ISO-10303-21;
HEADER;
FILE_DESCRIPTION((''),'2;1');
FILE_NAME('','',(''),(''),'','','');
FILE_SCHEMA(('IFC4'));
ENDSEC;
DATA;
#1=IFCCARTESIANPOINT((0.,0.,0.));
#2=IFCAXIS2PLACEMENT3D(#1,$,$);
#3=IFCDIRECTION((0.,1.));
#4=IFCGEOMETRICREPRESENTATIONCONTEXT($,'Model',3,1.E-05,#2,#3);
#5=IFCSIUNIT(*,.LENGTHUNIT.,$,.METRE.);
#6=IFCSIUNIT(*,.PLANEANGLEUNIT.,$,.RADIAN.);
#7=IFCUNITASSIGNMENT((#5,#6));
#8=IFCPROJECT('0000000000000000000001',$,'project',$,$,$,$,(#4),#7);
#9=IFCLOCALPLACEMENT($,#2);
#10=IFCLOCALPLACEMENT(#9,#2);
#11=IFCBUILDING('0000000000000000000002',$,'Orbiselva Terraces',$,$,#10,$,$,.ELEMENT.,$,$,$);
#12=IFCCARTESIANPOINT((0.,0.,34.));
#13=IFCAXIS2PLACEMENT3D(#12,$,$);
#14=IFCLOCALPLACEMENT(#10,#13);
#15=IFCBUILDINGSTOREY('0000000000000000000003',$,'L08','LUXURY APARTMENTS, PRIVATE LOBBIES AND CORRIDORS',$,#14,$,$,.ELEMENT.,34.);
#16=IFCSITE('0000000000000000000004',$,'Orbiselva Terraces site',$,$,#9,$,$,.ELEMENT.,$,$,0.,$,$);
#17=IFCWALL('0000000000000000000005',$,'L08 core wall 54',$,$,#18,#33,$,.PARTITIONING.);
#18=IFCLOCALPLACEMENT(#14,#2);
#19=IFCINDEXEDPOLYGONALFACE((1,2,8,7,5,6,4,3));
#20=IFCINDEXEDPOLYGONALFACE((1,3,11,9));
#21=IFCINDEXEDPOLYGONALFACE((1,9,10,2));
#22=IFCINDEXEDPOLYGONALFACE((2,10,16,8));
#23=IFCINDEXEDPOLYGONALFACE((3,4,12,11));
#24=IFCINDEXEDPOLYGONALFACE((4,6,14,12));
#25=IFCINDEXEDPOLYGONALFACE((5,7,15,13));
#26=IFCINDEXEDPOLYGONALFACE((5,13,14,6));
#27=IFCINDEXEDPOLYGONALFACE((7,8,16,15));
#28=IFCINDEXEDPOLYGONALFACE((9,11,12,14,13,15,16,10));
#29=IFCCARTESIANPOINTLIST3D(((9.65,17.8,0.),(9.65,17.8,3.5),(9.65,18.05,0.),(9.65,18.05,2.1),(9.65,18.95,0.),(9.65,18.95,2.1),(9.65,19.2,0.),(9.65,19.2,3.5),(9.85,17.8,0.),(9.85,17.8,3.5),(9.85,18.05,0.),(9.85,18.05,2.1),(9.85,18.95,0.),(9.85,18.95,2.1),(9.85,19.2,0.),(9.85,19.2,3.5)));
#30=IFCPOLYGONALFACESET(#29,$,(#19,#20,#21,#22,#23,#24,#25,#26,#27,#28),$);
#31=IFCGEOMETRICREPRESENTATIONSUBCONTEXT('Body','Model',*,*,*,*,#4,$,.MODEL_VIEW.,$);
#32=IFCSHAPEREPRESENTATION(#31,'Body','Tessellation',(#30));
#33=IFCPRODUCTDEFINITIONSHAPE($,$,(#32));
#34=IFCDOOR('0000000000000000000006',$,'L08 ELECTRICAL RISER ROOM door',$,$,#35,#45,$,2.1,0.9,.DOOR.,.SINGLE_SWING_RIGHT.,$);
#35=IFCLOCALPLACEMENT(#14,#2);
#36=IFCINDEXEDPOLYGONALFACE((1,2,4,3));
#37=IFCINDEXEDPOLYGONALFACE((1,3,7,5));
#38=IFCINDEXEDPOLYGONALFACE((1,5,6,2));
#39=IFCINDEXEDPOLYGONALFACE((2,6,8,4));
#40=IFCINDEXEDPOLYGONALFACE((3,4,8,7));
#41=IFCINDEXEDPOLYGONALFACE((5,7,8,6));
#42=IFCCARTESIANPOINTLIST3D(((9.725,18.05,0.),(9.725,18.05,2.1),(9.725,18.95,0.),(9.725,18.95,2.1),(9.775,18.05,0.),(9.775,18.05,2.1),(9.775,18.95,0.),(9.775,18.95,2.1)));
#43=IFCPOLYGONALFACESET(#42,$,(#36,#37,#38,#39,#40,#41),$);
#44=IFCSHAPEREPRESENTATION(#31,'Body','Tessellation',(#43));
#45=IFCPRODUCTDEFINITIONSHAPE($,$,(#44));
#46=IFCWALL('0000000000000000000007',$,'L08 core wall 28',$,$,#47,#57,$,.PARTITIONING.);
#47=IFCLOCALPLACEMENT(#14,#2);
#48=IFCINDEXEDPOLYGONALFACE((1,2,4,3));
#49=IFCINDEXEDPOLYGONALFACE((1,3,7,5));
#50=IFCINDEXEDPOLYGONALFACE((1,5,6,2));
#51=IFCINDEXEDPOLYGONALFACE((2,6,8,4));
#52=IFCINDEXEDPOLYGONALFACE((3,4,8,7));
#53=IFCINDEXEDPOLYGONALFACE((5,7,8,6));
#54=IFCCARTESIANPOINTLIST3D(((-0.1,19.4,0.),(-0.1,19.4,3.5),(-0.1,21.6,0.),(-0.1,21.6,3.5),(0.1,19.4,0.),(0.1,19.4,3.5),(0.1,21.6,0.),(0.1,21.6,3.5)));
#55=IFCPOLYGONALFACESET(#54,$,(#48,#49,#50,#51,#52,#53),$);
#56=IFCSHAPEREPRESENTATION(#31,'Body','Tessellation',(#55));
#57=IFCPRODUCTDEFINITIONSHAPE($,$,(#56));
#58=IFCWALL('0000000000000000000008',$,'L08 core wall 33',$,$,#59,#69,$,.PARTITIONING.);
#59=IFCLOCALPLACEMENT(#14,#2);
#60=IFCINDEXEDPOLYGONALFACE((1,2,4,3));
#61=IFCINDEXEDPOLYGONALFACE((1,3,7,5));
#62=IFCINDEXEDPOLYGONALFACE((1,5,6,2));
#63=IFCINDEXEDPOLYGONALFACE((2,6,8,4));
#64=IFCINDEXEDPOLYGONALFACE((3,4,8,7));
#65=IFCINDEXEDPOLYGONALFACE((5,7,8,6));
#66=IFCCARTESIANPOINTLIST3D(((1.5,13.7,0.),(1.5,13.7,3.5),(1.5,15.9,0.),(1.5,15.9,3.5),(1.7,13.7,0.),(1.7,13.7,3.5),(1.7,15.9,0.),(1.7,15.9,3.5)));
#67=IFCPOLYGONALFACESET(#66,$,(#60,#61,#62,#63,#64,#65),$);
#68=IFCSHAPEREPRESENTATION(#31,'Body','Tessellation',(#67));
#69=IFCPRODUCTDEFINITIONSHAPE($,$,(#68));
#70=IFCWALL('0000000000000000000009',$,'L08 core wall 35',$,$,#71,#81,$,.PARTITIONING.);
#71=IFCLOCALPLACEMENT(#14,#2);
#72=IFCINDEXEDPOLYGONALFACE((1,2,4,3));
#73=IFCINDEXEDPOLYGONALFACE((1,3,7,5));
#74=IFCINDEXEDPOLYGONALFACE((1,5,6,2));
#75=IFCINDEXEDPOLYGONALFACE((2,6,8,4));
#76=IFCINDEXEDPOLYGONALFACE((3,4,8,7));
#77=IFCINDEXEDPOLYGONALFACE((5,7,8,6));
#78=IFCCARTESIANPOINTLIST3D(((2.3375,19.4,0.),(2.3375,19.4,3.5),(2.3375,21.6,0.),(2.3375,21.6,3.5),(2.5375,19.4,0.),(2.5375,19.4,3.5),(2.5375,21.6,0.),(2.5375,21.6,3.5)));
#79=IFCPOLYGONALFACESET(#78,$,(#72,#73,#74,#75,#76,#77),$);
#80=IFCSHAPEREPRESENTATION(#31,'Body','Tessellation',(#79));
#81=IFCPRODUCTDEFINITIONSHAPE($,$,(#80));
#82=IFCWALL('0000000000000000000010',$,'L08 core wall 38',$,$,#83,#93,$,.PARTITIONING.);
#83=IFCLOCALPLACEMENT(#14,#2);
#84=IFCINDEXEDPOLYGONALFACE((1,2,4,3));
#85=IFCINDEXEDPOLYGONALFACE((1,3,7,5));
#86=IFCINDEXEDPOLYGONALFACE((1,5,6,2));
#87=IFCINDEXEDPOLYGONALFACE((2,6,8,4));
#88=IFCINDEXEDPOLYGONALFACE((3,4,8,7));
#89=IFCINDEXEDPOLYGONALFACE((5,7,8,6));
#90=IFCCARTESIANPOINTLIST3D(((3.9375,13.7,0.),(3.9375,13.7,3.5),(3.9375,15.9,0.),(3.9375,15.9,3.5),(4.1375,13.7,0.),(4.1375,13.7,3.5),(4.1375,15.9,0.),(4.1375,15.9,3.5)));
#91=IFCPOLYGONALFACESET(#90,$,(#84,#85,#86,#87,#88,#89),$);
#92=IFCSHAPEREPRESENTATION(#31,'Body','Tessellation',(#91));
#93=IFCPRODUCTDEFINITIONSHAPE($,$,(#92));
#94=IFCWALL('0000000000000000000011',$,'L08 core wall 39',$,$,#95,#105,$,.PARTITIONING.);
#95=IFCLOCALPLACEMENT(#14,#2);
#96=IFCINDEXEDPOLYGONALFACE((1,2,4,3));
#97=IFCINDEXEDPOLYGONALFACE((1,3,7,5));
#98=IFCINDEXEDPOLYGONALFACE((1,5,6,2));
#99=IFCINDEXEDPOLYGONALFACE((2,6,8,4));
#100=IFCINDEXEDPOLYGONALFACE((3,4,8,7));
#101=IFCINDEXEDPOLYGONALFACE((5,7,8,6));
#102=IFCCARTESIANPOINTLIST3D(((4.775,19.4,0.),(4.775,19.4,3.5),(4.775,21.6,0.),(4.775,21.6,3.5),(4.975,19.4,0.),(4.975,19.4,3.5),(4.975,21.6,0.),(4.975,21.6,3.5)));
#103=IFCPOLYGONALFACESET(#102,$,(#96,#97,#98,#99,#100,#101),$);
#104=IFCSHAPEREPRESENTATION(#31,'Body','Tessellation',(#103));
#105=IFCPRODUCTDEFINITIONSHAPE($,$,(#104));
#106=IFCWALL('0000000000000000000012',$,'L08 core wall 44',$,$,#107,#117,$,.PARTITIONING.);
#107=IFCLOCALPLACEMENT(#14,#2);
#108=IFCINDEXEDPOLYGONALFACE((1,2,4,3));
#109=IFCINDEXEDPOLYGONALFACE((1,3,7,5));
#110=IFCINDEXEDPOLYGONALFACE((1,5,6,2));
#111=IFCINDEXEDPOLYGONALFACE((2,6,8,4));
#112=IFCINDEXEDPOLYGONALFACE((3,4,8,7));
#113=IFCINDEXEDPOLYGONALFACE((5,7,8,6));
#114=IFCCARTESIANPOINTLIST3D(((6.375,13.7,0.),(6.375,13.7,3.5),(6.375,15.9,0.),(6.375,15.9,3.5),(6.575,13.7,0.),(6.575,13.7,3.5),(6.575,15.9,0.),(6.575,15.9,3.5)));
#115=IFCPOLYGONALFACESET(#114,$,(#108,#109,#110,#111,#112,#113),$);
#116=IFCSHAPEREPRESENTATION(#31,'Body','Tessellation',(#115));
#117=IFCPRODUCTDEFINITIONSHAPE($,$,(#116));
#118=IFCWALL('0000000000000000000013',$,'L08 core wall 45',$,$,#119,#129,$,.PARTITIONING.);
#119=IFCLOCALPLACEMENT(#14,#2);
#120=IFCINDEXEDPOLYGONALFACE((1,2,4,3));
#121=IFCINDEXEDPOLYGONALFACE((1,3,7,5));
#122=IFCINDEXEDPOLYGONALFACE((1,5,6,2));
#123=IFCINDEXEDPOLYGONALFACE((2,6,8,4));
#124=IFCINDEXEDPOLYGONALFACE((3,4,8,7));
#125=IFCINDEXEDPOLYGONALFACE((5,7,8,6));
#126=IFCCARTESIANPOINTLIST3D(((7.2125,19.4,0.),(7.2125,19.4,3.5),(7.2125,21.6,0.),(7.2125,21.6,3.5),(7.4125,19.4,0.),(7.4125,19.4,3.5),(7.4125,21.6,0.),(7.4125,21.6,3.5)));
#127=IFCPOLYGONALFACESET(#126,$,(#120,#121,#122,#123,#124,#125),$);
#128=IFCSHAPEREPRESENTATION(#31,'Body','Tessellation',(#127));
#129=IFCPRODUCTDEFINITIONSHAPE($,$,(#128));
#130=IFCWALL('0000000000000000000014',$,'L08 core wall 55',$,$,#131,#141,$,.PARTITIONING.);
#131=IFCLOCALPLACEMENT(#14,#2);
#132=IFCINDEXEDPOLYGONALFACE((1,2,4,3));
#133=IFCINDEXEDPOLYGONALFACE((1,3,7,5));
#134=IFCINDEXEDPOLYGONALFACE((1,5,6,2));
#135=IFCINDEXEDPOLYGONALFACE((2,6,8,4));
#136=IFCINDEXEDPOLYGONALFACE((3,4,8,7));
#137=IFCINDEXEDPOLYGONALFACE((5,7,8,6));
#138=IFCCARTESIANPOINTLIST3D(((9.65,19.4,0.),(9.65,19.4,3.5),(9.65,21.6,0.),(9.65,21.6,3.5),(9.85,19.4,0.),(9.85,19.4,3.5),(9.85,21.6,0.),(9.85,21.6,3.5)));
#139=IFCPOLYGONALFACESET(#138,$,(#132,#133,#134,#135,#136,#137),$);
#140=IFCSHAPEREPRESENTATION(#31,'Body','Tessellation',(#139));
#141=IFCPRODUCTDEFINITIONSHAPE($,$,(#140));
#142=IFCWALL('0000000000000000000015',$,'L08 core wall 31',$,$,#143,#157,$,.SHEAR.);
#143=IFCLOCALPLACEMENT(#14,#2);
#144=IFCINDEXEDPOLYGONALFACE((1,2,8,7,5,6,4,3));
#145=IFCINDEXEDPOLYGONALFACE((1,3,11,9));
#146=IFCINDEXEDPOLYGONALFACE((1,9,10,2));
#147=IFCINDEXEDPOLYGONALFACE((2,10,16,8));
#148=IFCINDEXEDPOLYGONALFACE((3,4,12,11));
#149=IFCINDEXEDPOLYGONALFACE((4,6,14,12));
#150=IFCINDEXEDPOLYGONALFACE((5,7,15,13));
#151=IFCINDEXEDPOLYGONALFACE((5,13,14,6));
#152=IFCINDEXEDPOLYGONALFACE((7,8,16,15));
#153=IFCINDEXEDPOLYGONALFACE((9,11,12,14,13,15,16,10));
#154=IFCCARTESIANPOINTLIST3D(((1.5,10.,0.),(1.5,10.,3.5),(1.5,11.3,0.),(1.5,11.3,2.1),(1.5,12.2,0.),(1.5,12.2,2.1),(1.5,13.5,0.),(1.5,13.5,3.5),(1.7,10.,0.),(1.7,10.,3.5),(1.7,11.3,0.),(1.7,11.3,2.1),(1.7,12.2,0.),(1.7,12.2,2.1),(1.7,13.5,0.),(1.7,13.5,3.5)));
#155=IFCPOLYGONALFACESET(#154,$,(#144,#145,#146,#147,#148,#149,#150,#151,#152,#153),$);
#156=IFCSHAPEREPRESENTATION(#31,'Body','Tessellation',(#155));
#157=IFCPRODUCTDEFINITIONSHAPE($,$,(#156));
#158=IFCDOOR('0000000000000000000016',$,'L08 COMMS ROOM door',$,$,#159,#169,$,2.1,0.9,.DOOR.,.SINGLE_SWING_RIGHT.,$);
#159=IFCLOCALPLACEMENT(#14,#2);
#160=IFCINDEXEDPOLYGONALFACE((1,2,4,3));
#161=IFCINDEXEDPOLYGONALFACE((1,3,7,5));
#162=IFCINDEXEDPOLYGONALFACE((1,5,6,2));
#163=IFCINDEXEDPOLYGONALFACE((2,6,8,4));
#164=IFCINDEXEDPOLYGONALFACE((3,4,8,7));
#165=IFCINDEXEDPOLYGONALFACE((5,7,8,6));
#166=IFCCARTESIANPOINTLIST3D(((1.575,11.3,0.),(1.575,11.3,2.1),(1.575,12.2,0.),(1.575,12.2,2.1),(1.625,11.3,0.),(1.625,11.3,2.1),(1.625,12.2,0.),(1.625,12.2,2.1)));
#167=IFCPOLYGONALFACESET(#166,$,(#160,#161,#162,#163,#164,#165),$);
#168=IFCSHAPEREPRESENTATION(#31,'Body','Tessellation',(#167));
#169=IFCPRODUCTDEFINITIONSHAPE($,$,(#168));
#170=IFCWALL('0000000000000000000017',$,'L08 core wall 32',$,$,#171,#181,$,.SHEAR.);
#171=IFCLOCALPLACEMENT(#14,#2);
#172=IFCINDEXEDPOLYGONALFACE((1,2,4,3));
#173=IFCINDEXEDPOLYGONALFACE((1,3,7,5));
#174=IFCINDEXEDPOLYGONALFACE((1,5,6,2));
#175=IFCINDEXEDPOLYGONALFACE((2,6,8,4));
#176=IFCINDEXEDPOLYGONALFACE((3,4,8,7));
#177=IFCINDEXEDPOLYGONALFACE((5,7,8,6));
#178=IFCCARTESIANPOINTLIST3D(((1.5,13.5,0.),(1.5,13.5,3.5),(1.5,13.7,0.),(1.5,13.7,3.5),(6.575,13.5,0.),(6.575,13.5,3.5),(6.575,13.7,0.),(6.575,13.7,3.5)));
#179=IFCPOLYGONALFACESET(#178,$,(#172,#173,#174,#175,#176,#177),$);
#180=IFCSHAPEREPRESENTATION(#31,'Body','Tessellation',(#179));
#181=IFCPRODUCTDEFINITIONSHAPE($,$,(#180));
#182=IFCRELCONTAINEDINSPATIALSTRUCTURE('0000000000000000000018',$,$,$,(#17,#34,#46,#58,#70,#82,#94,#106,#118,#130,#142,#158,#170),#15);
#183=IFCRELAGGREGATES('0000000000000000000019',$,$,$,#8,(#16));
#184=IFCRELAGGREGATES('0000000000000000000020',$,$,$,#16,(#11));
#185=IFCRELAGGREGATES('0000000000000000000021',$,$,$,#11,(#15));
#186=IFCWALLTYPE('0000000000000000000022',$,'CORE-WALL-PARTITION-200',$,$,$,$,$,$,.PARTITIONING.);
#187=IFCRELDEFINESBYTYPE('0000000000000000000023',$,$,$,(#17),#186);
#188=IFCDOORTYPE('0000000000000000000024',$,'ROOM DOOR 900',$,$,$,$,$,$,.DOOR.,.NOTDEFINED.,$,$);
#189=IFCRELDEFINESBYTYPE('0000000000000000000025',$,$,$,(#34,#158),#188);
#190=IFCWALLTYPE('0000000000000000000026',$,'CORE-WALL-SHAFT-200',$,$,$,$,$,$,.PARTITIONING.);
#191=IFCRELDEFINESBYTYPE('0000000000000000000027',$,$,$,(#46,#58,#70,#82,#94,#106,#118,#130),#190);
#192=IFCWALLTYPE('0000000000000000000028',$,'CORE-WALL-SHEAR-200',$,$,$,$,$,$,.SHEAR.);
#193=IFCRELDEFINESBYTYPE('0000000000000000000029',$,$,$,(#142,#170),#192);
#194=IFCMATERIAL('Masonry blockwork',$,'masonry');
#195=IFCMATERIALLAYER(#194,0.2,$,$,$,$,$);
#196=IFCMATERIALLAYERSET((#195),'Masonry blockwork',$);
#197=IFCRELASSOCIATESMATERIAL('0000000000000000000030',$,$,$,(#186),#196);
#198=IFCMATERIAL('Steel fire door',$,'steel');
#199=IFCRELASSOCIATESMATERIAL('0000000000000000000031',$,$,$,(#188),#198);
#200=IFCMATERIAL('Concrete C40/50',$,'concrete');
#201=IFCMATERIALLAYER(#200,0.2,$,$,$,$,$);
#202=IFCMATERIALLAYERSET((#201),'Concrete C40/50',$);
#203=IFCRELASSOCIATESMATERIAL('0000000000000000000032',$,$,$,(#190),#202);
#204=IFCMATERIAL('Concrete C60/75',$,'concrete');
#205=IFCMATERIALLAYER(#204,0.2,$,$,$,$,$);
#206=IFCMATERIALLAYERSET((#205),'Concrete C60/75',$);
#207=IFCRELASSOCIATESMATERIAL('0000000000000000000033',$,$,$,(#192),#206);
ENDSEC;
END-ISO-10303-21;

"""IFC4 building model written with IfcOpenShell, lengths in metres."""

from ifc_helpers import new_model, si_unit, direction, frame, frame_2d, origin, place, context, subcontext, project, spatial, rectangle, extrude, material, layer, layer_set, type_object, element, fill, save


model = new_model("IFC4")

# Units and contexts
model_context = context("Model", 3, precision=1e-05, world=origin(), true_north=direction((0.0, 1.0)))
body_context = subcontext(model_context, "Body", "Model", "MODEL_VIEW")
ifc_project = project(units=[si_unit("LENGTHUNIT", "METRE"), si_unit("PLANEANGLEUNIT", "RADIAN")], contexts=[model_context])

# Site, building, storey
site_placement = place(None, origin())
site = spatial("IfcSite", under=ifc_project, at=site_placement, Name="Orbiselva Terraces site", CompositionType="ELEMENT", RefElevation=0.0)
building_placement = place(site_placement, origin())
building = spatial("IfcBuilding", under=site, at=building_placement, Name="Orbiselva Terraces", CompositionType="ELEMENT")
storey_placement = place(building_placement, frame((0.0, 0.0, 34.0)))
storey = spatial("IfcBuildingStorey", under=building, at=storey_placement, Name="L08", Description="LUXURY APARTMENTS, PRIVATE LOBBIES AND CORRIDORS", CompositionType="ELEMENT", Elevation=34.0)

# Wall, opening, door
ifc_material_1 = material(Name="Masonry blockwork", Category="masonry")
ifc_layer_1 = layer(ifc_material_1, 0.2)
ifc_layer_set_1 = layer_set([ifc_layer_1], Name="Masonry blockwork")
wall_type_1 = type_object("IfcWallType", Name="CORE-WALL-PARTITION-200", PredefinedType="PARTITIONING", material=ifc_layer_set_1)
wall_1_placement = place(storey_placement, frame((9.75, 19.2, 0.0), z_axis=(0.0, 0.0, 1.0), x_axis=(0.0, -1.0, 0.0)))
wall_1 = element("IfcWall", 1, at=wall_1_placement, inside=storey, type_object=wall_type_1, Name="L08 core wall 54", PredefinedType="PARTITIONING", context=body_context, shape_type="SweptSolid", body=[
    extrude(rectangle(XDim=1.4, YDim=0.2, at=frame_2d((0.7, 0.0))), origin(), (0.0, 0.0, 1.0), 3.5),
])
opening_1_placement = place(wall_1_placement, frame((0.25, 0.0, 0.0)))
opening_1 = element("IfcOpeningElement", 2, at=opening_1_placement, cuts=wall_1, PredefinedType="OPENING", context=body_context, shape_type="SweptSolid", body=[
    extrude(rectangle(XDim=0.9, YDim=2.1, at=frame_2d((0.45, 1.05))), frame((0.0, 0.11, 0.0), z_axis=(0.0, -1.0, 0.0), x_axis=(1.0, 0.0, 0.0)), (0.0, 0.0, 1.0), 0.22),
])
ifc_material_2 = material(Name="Steel fire door", Category="steel")
door_type = type_object("IfcDoorType", Name="ROOM DOOR 900", OperationType="NOTDEFINED", PredefinedType="DOOR", material=ifc_material_2)
door_1_placement = place(opening_1_placement, origin())
door_1 = element("IfcDoor", 3, at=door_1_placement, inside=storey, type_object=door_type, Name="L08 ELECTRICAL RISER ROOM door", OperationType="SINGLE_SWING_RIGHT", OverallHeight=2.1, OverallWidth=0.9, PredefinedType="DOOR", context=body_context, shape_type="SweptSolid", body=[
    extrude(rectangle(XDim=0.9, YDim=2.1, at=frame_2d((0.45, 1.05))), frame((0.0, 0.025, 0.0), z_axis=(0.0, -1.0, 0.0), x_axis=(1.0, 0.0, 0.0)), (0.0, 0.0, 1.0), 0.05),
])
fill(opening_1, door_1)

# Walls
ifc_material_3 = material(Name="Concrete C40/50", Category="concrete")
ifc_layer_2 = layer(ifc_material_3, 0.2)
ifc_layer_set_2 = layer_set([ifc_layer_2], Name="Concrete C40/50")
wall_type_2 = type_object("IfcWallType", Name="CORE-WALL-SHAFT-200", PredefinedType="PARTITIONING", material=ifc_layer_set_2)
for number, where, z_axis, x_axis, name in (
    (4, (0.0, 19.4, 0.0), (0.0, 0.0, 1.0), (0.0, 1.0, 0.0), "L08 core wall 28"),
    (5, (1.6, 13.7, 0.0), (0.0, 0.0, 1.0), (0.0, 1.0, 0.0), "L08 core wall 33"),
    (6, (2.4375, 19.4, 0.0), (0.0, 0.0, 1.0), (0.0, 1.0, 0.0), "L08 core wall 35"),
    (7, (4.0375, 13.7, 0.0), (0.0, 0.0, 1.0), (0.0, 1.0, 0.0), "L08 core wall 38"),
    (8, (4.875, 19.4, 0.0), (0.0, 0.0, 1.0), (0.0, 1.0, 0.0), "L08 core wall 39"),
    (9, (6.475, 13.7, 0.0), (0.0, 0.0, 1.0), (0.0, 1.0, 0.0), "L08 core wall 44"),
    (10, (7.3125, 19.4, 0.0), (0.0, 0.0, 1.0), (0.0, 1.0, 0.0), "L08 core wall 45"),
    (11, (9.75, 19.4, 0.0), (0.0, 0.0, 1.0), (0.0, 1.0, 0.0), "L08 core wall 55"),
):
    element("IfcWall", number, at=place(storey_placement, frame(where, z_axis=z_axis, x_axis=x_axis)), inside=storey, type_object=wall_type_2, Name=name, PredefinedType="PARTITIONING", context=body_context, shape_type="SweptSolid", body=[
        extrude(rectangle(XDim=2.2, YDim=0.2, at=frame_2d((1.1, 0.0))), origin(), (0.0, 0.0, 1.0), 3.5),
    ])

# Wall, opening, door
ifc_material_4 = material(Name="Concrete C60/75", Category="concrete")
ifc_layer_3 = layer(ifc_material_4, 0.2)
ifc_layer_set_3 = layer_set([ifc_layer_3], Name="Concrete C60/75")
wall_type_3 = type_object("IfcWallType", Name="CORE-WALL-SHEAR-200", PredefinedType="SHEAR", material=ifc_layer_set_3)
wall_2_placement = place(storey_placement, frame((1.6, 13.5, 0.0), z_axis=(0.0, 0.0, 1.0), x_axis=(0.0, -1.0, 0.0)))
wall_2 = element("IfcWall", 12, at=wall_2_placement, inside=storey, type_object=wall_type_3, Name="L08 core wall 31", PredefinedType="SHEAR", context=body_context, shape_type="SweptSolid", body=[
    extrude(rectangle(XDim=3.5, YDim=0.2, at=frame_2d((1.75, 0.0))), origin(), (0.0, 0.0, 1.0), 3.5),
])
opening_2_placement = place(wall_2_placement, frame((1.3, 0.0, 0.0)))
opening_2 = element("IfcOpeningElement", 13, at=opening_2_placement, cuts=wall_2, PredefinedType="OPENING", context=body_context, shape_type="SweptSolid", body=[
    extrude(rectangle(XDim=0.9, YDim=2.1, at=frame_2d((0.45, 1.05))), frame((0.0, 0.11, 0.0), z_axis=(0.0, -1.0, 0.0), x_axis=(1.0, 0.0, 0.0)), (0.0, 0.0, 1.0), 0.22),
])
door_2_placement = place(opening_2_placement, origin())
door_2 = element("IfcDoor", 14, at=door_2_placement, inside=storey, type_object=door_type, Name="L08 COMMS ROOM door", OperationType="SINGLE_SWING_RIGHT", OverallHeight=2.1, OverallWidth=0.9, PredefinedType="DOOR", context=body_context, shape_type="SweptSolid", body=[
    extrude(rectangle(XDim=0.9, YDim=2.1, at=frame_2d((0.45, 1.05))), frame((0.0, 0.025, 0.0), z_axis=(0.0, -1.0, 0.0), x_axis=(1.0, 0.0, 0.0)), (0.0, 0.0, 1.0), 0.05),
])
fill(opening_2, door_2)

# Wall
wall_3_placement = place(storey_placement, frame((1.5, 13.6, 0.0), z_axis=(0.0, 0.0, 1.0), x_axis=(1.0, 0.0, 0.0)))
element("IfcWall", 15, at=wall_3_placement, inside=storey, type_object=wall_type_3, Name="L08 core wall 32", PredefinedType="SHEAR", context=body_context, shape_type="SweptSolid", body=[
    extrude(rectangle(XDim=5.075, YDim=0.2, at=frame_2d((2.5375, 0.0))), origin(), (0.0, 0.0, 1.0), 3.5),
])

save(model, "model.ifc")
